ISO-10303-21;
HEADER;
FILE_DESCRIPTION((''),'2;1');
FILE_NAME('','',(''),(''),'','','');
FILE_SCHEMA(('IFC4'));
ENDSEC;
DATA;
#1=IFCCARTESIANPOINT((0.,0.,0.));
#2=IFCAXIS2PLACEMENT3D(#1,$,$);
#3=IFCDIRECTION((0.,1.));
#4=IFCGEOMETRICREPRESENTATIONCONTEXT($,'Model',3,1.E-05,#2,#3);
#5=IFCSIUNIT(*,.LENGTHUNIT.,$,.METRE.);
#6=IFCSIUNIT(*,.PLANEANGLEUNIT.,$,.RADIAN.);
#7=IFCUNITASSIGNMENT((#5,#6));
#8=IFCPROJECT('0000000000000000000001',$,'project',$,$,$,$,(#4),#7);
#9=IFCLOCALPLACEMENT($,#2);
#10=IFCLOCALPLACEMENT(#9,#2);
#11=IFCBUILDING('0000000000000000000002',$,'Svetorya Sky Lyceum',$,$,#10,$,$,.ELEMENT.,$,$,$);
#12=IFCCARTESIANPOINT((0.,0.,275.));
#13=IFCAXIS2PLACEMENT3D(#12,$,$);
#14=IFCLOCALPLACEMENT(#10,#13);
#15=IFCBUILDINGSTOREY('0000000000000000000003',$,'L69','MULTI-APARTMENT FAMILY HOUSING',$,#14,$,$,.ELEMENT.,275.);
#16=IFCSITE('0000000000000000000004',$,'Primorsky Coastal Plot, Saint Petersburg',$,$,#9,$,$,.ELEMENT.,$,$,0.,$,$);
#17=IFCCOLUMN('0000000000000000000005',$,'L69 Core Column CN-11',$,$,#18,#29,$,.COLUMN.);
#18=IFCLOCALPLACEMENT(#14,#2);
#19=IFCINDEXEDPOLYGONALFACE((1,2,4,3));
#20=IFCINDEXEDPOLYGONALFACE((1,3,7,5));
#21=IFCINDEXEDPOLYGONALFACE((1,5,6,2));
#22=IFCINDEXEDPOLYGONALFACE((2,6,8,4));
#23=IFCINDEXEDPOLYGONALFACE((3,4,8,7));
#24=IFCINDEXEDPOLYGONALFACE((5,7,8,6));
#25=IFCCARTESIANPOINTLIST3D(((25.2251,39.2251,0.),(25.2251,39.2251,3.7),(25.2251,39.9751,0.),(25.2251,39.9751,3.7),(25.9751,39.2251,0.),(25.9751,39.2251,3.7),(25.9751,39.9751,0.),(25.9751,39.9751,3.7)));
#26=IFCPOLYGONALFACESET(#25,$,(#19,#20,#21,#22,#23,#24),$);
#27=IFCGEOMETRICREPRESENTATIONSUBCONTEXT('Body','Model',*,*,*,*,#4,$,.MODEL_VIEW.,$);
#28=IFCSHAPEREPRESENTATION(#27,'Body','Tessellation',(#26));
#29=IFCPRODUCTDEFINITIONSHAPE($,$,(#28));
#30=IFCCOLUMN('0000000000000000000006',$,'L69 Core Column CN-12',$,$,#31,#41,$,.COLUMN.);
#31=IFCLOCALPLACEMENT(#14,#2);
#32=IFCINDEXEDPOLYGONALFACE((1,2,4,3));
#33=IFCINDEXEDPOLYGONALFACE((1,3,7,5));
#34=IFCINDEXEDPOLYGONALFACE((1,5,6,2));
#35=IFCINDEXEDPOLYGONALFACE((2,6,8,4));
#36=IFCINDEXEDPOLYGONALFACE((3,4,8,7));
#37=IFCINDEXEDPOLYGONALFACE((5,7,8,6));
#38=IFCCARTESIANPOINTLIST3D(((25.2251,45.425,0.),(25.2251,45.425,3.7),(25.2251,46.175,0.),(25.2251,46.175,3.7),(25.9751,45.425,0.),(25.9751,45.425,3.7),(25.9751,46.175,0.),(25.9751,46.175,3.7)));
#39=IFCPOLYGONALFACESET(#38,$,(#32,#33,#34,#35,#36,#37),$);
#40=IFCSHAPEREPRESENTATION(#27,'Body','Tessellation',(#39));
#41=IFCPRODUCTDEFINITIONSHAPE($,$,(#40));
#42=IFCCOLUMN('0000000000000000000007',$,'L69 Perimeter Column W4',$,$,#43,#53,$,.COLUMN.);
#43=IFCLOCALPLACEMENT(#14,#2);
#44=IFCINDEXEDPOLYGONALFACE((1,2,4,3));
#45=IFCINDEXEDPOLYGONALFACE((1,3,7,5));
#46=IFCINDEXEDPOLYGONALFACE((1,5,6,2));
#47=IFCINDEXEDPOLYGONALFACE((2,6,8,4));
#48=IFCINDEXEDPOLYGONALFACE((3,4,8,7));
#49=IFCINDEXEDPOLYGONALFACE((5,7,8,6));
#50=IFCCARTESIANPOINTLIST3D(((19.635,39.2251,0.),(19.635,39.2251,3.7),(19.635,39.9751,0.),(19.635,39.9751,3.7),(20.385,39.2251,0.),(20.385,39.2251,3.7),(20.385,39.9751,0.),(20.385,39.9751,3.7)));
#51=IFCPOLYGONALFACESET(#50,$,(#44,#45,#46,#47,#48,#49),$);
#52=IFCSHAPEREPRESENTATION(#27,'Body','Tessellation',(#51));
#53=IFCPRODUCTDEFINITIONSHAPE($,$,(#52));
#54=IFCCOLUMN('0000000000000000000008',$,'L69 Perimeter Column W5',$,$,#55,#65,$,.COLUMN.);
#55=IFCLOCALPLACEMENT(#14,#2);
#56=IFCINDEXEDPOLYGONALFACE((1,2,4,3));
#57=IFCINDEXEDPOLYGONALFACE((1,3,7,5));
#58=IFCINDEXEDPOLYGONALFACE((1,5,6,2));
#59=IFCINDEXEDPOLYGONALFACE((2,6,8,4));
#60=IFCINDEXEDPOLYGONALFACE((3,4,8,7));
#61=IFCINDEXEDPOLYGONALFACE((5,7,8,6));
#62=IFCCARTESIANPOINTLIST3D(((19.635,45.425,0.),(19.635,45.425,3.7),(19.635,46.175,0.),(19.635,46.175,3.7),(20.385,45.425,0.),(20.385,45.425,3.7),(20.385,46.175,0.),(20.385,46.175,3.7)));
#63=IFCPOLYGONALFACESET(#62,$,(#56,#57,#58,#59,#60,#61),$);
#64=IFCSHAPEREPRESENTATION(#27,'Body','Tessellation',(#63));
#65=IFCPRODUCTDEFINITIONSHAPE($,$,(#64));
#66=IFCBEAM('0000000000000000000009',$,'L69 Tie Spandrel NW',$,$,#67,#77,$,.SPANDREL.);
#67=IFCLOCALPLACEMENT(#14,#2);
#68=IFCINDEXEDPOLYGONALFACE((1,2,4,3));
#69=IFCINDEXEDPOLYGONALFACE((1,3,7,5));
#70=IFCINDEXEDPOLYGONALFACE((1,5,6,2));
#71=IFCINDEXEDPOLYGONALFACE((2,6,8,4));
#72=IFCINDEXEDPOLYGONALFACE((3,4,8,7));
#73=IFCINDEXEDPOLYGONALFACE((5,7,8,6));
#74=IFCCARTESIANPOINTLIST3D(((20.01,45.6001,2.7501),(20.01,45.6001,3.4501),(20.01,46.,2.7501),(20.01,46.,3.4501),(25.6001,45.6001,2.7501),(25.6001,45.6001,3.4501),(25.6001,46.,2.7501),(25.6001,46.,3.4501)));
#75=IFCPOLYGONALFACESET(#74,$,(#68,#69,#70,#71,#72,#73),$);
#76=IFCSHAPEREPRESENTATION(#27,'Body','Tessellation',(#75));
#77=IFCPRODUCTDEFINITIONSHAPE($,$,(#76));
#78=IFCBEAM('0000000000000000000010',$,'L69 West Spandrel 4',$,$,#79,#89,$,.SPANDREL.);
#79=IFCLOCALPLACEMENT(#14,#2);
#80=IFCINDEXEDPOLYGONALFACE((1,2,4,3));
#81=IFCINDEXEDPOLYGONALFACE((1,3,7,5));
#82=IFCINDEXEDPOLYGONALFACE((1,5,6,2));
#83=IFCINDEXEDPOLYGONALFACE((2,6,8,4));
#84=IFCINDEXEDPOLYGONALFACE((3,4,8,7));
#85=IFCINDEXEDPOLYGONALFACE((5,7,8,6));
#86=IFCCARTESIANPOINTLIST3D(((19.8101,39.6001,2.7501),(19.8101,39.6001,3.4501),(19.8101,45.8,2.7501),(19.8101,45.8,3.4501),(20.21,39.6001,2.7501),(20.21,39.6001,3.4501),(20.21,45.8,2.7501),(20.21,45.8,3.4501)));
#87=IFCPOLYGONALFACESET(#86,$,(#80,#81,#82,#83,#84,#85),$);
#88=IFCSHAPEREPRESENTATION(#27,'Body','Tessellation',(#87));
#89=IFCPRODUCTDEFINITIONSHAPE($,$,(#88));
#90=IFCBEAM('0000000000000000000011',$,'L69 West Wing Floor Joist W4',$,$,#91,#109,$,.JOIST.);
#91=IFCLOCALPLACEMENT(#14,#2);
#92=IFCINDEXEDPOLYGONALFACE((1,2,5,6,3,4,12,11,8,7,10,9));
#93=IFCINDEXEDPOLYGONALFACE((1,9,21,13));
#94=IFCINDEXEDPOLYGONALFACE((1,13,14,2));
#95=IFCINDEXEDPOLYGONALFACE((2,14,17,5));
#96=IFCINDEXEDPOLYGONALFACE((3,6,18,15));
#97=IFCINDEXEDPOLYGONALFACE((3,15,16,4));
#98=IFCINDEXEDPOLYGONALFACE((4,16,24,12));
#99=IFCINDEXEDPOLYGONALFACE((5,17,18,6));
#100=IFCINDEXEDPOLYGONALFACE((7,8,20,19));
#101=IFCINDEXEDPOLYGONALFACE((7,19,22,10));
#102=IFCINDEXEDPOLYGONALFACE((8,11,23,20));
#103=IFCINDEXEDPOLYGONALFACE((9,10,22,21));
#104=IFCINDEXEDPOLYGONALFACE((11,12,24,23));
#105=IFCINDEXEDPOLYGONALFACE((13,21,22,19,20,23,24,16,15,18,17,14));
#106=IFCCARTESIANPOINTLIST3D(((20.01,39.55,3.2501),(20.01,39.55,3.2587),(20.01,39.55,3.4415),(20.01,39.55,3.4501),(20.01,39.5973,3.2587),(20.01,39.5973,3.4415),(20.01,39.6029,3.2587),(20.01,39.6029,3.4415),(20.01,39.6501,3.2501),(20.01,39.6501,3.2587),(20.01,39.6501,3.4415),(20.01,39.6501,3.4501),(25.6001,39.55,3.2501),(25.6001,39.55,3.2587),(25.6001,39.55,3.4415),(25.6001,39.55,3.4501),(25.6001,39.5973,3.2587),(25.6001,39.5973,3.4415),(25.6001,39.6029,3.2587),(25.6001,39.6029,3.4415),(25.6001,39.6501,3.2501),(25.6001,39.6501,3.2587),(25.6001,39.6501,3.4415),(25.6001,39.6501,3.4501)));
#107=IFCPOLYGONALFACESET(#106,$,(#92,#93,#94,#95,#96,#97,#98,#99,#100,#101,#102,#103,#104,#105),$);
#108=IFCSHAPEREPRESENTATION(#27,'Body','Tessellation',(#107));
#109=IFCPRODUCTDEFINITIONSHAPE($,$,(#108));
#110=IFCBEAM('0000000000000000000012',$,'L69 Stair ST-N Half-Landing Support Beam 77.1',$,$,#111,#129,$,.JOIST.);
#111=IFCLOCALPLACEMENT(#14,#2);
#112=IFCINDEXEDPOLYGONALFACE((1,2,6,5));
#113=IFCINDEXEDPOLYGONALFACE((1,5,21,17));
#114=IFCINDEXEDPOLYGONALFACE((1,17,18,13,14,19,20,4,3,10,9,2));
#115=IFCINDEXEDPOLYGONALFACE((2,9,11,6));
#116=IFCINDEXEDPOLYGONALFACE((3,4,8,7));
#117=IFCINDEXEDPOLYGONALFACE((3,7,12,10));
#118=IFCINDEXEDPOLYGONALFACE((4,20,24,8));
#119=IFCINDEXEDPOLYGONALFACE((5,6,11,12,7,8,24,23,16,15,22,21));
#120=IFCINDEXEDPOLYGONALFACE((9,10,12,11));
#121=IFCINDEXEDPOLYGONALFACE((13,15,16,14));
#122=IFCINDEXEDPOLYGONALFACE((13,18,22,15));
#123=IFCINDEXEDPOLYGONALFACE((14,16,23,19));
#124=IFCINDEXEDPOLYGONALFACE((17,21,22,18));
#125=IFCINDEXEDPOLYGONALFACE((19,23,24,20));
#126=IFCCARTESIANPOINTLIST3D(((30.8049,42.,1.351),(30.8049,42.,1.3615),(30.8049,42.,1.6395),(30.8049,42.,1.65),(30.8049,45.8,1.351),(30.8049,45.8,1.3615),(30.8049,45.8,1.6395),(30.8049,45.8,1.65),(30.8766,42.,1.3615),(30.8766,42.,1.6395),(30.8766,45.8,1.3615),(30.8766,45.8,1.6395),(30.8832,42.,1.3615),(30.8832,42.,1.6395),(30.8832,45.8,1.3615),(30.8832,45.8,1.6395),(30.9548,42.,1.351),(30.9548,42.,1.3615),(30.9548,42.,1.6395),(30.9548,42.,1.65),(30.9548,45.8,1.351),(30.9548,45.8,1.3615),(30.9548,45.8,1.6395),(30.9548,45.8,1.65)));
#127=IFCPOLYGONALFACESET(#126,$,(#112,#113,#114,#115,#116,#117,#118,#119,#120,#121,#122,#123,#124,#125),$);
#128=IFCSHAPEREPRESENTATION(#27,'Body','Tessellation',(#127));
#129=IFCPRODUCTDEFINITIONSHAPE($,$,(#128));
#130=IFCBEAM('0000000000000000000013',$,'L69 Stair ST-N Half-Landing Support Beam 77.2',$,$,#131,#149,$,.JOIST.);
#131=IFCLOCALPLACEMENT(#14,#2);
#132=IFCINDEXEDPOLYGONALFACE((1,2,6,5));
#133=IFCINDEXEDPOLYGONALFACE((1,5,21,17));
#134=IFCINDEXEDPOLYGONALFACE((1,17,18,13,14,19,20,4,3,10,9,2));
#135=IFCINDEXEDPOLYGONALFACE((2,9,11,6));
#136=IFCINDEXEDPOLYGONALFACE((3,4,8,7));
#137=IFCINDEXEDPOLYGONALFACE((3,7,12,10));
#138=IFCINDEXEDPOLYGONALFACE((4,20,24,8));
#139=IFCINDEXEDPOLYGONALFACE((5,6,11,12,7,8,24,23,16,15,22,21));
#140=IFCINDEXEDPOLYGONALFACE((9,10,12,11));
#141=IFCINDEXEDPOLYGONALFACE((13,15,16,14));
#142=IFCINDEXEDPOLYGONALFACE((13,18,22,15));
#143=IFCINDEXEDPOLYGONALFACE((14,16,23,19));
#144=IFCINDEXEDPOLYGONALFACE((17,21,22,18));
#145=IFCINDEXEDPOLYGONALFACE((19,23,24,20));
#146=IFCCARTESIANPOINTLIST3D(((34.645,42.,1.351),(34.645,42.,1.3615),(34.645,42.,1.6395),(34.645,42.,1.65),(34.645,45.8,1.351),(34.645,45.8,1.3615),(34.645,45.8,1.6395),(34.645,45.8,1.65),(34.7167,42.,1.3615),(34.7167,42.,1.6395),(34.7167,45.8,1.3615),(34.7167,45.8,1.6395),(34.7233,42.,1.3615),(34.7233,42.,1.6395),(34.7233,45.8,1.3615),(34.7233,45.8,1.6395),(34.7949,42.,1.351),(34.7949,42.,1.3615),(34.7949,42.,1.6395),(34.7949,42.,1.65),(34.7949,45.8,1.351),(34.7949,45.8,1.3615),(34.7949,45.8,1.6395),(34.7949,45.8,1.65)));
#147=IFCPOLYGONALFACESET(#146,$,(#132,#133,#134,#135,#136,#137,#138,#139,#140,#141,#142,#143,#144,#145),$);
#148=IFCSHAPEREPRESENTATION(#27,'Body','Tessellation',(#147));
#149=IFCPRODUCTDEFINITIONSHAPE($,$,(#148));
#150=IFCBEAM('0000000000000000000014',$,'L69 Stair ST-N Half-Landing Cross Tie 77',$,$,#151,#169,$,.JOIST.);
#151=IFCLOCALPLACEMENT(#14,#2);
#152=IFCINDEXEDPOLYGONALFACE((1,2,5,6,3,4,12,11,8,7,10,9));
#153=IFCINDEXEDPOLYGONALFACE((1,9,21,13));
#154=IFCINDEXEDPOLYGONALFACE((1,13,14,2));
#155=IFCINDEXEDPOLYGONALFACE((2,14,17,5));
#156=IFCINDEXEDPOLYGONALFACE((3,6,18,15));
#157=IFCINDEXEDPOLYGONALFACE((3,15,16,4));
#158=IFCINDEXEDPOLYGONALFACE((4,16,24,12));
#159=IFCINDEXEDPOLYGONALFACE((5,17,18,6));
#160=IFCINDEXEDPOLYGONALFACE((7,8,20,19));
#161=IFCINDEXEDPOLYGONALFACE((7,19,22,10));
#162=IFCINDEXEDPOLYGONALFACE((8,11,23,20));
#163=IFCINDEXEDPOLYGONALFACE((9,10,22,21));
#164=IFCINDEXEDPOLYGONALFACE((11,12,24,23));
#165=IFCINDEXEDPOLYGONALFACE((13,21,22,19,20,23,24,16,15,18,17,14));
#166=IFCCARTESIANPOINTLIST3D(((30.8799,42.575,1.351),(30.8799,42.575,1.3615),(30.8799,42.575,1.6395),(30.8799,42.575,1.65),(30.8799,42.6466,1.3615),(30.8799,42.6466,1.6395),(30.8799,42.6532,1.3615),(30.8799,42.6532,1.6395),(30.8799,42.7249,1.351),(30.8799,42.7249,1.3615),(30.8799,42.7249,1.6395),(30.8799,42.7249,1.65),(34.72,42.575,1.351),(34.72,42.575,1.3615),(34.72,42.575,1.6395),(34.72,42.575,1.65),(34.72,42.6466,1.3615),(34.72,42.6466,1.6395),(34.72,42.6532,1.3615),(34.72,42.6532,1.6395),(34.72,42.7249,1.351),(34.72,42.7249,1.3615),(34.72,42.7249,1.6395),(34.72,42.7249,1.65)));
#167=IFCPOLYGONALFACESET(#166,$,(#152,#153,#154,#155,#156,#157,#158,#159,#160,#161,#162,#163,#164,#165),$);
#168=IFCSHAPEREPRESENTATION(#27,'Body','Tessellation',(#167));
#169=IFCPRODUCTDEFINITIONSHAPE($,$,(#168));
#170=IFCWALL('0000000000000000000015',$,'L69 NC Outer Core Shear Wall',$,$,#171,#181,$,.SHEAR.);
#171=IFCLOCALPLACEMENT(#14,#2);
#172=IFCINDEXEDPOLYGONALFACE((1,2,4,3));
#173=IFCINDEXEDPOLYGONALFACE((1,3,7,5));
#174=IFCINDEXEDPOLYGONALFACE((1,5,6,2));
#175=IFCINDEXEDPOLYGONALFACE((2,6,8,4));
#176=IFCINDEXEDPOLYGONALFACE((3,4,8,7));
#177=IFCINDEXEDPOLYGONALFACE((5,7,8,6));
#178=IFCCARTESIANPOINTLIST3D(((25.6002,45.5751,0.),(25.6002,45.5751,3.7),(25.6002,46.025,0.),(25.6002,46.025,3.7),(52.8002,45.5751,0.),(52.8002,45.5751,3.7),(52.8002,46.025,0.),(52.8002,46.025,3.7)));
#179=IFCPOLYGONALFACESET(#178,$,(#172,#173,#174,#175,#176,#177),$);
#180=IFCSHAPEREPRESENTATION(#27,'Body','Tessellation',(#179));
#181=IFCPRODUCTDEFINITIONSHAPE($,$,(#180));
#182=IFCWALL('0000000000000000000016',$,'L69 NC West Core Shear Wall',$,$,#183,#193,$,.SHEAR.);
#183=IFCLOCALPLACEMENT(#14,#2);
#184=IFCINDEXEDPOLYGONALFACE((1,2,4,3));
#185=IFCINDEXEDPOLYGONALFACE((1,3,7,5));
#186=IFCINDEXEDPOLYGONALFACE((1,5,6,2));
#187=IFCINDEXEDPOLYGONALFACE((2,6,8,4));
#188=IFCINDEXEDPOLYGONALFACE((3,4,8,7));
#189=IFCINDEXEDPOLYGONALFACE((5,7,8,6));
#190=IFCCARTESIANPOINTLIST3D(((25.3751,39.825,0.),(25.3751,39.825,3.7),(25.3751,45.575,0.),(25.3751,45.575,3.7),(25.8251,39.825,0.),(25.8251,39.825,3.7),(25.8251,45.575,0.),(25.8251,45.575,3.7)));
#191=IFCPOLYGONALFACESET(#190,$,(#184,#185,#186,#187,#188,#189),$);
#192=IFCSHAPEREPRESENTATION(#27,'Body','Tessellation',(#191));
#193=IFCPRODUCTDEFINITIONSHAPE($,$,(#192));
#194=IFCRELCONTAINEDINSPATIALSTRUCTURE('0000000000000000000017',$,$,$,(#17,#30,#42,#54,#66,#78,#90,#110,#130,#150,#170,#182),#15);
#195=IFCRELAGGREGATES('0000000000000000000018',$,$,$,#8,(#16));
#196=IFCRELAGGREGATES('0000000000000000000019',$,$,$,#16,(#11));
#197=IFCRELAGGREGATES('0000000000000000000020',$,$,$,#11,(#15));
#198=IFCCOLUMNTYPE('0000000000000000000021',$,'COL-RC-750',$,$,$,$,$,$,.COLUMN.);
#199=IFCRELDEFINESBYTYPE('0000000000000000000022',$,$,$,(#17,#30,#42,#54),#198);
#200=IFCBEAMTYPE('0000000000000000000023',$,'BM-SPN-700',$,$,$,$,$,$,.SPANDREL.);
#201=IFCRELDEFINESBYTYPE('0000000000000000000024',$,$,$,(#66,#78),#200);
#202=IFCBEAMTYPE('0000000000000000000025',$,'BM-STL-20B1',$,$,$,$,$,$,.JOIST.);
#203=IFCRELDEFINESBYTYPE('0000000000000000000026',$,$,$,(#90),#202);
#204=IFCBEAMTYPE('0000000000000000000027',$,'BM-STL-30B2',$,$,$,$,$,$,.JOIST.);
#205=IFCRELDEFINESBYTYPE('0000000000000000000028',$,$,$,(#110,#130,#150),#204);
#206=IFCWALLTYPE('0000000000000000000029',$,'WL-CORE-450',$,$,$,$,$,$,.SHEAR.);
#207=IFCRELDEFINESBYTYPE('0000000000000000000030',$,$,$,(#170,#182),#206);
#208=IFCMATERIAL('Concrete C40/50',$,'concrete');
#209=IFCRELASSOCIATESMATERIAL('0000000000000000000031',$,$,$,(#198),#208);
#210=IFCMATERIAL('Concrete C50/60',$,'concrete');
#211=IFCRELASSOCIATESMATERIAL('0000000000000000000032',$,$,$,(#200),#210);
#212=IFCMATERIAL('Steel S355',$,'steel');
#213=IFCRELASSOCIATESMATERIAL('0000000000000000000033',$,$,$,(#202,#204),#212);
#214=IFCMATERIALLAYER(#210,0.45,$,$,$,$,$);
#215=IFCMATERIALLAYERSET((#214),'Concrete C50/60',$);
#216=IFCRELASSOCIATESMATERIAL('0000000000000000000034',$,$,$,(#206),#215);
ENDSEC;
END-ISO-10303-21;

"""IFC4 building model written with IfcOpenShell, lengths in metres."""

from ifc_helpers import new_model, si_unit, direction, frame, frame_2d, origin, origin_2d, place, context, subcontext, project, spatial, rectangle, i_section, extrude, material, layer, layer_set, material_profile, profile_set, type_object, element, save


model = new_model("IFC4")

# Units and contexts
model_context = context("Model", 3, precision=1e-05, world=origin(), true_north=direction((0.0, 1.0)))
body_context = subcontext(model_context, "Body", "Model", "MODEL_VIEW")
ifc_project = project(units=[si_unit("LENGTHUNIT", "METRE"), si_unit("PLANEANGLEUNIT", "RADIAN")], contexts=[model_context])

# Site, building, storey
site_placement = place(None, origin())
site = spatial("IfcSite", under=ifc_project, at=site_placement, Name="Primorsky Coastal Plot, Saint Petersburg", CompositionType="ELEMENT", RefElevation=0.0)
building_placement = place(site_placement, origin())
building = spatial("IfcBuilding", under=site, at=building_placement, Name="Svetorya Sky Lyceum", CompositionType="ELEMENT")
storey_placement = place(building_placement, frame((0.0, 0.0, 275.0)))
storey = spatial("IfcBuildingStorey", under=building, at=storey_placement, Name="L69", Description="MULTI-APARTMENT FAMILY HOUSING", CompositionType="ELEMENT", Elevation=275.0)

# Columns
ifc_material_1 = material(Name="Concrete C40/50", Category="concrete")
ifc_material_profile_1 = material_profile(ifc_material_1, rectangle(XDim=0.75, YDim=0.75, at=origin_2d()), Name="RC COL 750x750")
ifc_profile_set_1 = profile_set([ifc_material_profile_1], Name="Concrete C40/50")
column_type = type_object("IfcColumnType", Name="COL-RC-750", PredefinedType="COLUMN", material=ifc_profile_set_1)
for number, where, z_axis, x_axis, name in (
    (1, (25.6001, 39.6001, 0.0), (0.0, 0.0, 1.0), (1.0, 0.0, 0.0), "L69 Core Column CN-11"),
    (2, (25.6001, 45.8, 0.0), (0.0, 0.0, 1.0), (1.0, 0.0, 0.0), "L69 Core Column CN-12"),
    (3, (20.01, 39.6001, 0.0), (0.0, 0.0, 1.0), (1.0, 0.0, 0.0), "L69 Perimeter Column W4"),
    (4, (20.01, 45.8, 0.0), (0.0, 0.0, 1.0), (1.0, 0.0, 0.0), "L69 Perimeter Column W5"),
):
    element("IfcColumn", number, at=place(storey_placement, frame(where, z_axis=z_axis, x_axis=x_axis)), inside=storey, type_object=column_type, Name=name, PredefinedType="COLUMN", context=body_context, shape_type="SweptSolid", body=[
        extrude(rectangle(XDim=0.75, YDim=0.75, at=origin_2d()), origin(), (0.0, 0.0, 1.0), 3.7),
    ])

# Beams
ifc_material_2 = material(Name="Concrete C50/60", Category="concrete")
ifc_material_profile_2 = material_profile(ifc_material_2, rectangle(XDim=0.3999, YDim=0.7, at=origin_2d()), Name="RC SPANDREL 400x700")
ifc_profile_set_2 = profile_set([ifc_material_profile_2], Name="Concrete C50/60")
beam_type_1 = type_object("IfcBeamType", Name="BM-SPN-700", PredefinedType="SPANDREL", material=ifc_profile_set_2)
beam_1_placement = place(storey_placement, frame((20.01, 45.8, 3.1001), z_axis=(1.0, 0.0, 0.0), x_axis=(0.0, 1.0, 0.0)))
element("IfcBeam", 5, at=beam_1_placement, inside=storey, type_object=beam_type_1, Name="L69 Tie Spandrel NW", PredefinedType="SPANDREL", context=body_context, shape_type="SweptSolid", body=[
    extrude(rectangle(XDim=0.3999, YDim=0.7, at=origin_2d()), origin(), (0.0, 0.0, 1.0), 5.5901),
])
beam_2_placement = place(storey_placement, frame((20.01, 39.6001, 3.1001), z_axis=(0.0, 1.0, 0.0), x_axis=(-1.0, 0.0, 0.0)))
element("IfcBeam", 6, at=beam_2_placement, inside=storey, type_object=beam_type_1, Name="L69 West Spandrel 4", PredefinedType="SPANDREL", context=body_context, shape_type="SweptSolid", body=[
    extrude(rectangle(XDim=0.3999, YDim=0.7, at=origin_2d()), origin(), (0.0, 0.0, 1.0), 6.2),
])
ifc_material_3 = material(Name="Steel S355", Category="steel")
ifc_material_profile_3 = material_profile(ifc_material_3, i_section(OverallWidth=0.1001, OverallDepth=0.2, WebThickness=0.0056, FlangeThickness=0.0085, at=origin_2d()), Name="GOST 20B1")
ifc_profile_set_3 = profile_set([ifc_material_profile_3], Name="Steel S355")
beam_type_2 = type_object("IfcBeamType", Name="BM-STL-20B1", PredefinedType="JOIST", material=ifc_profile_set_3)
beam_3_placement = place(storey_placement, frame((20.01, 39.6001, 3.3501), z_axis=(1.0, 0.0, 0.0), x_axis=(0.0, 1.0, 0.0)))
element("IfcBeam", 7, at=beam_3_placement, inside=storey, type_object=beam_type_2, Name="L69 West Wing Floor Joist W4", PredefinedType="JOIST", context=body_context, shape_type="SweptSolid", body=[
    extrude(i_section(OverallWidth=0.1001, OverallDepth=0.2, WebThickness=0.0056, FlangeThickness=0.0085, at=origin_2d()), origin(), (0.0, 0.0, 1.0), 5.5901),
])
ifc_material_profile_4 = material_profile(ifc_material_3, i_section(OverallWidth=0.1499, OverallDepth=0.2991, WebThickness=0.0066, FlangeThickness=0.0105, at=origin_2d()), Name="GOST 30B2")
ifc_profile_set_4 = profile_set([ifc_material_profile_4], Name="Steel S355")
beam_type_3 = type_object("IfcBeamType", Name="BM-STL-30B2", PredefinedType="JOIST", material=ifc_profile_set_4)
for number, where, z_axis, x_axis, name in (
    (8, (30.8799, 42.0, 1.5005), (0.0, 1.0, 0.0), (-1.0, 0.0, 0.0), "L69 Stair ST-N Half-Landing Support Beam 77.1"),
    (9, (34.72, 42.0, 1.5005), (0.0, 1.0, 0.0), (-1.0, 0.0, 0.0), "L69 Stair ST-N Half-Landing Support Beam 77.2"),
):
    element("IfcBeam", number, at=place(storey_placement, frame(where, z_axis=z_axis, x_axis=x_axis)), inside=storey, type_object=beam_type_3, Name=name, PredefinedType="JOIST", context=body_context, shape_type="SweptSolid", body=[
        extrude(i_section(OverallWidth=0.1499, OverallDepth=0.2991, WebThickness=0.0066, FlangeThickness=0.0105, at=origin_2d()), origin(), (0.0, 0.0, 1.0), 3.8),
    ])
beam_4_placement = place(storey_placement, frame((30.8799, 42.6499, 1.5005), z_axis=(1.0, 0.0, 0.0), x_axis=(0.0, 1.0, 0.0)))
element("IfcBeam", 10, at=beam_4_placement, inside=storey, type_object=beam_type_3, Name="L69 Stair ST-N Half-Landing Cross Tie 77", PredefinedType="JOIST", context=body_context, shape_type="SweptSolid", body=[
    extrude(i_section(OverallWidth=0.1499, OverallDepth=0.2991, WebThickness=0.0066, FlangeThickness=0.0105, at=origin_2d()), origin(), (0.0, 0.0, 1.0), 3.8401),
])

# Walls
ifc_layer_1 = layer(ifc_material_2, 0.45)
ifc_layer_set_1 = layer_set([ifc_layer_1], Name="Concrete C50/60")
wall_type_1 = type_object("IfcWallType", Name="WL-CORE-450", PredefinedType="SHEAR", material=ifc_layer_set_1)
wall_1_placement = place(storey_placement, frame((25.6001, 45.8, 0.0), z_axis=(0.0, 0.0, 1.0), x_axis=(1.0, 0.0, 0.0)))
element("IfcWall", 11, at=wall_1_placement, inside=storey, type_object=wall_type_1, Name="L69 NC Outer Core Shear Wall", PredefinedType="SHEAR", context=body_context, shape_type="SweptSolid", body=[
    extrude(rectangle(XDim=27.2, YDim=0.45, at=frame_2d((13.6001, 0.0))), origin(), (0.0, 0.0, 1.0), 3.7),
])
wall_2_placement = place(storey_placement, frame((25.6001, 39.825, 0.0), z_axis=(0.0, 0.0, 1.0), x_axis=(0.0, 1.0, 0.0)))
element("IfcWall", 12, at=wall_2_placement, inside=storey, type_object=wall_type_1, Name="L69 NC West Core Shear Wall", PredefinedType="SHEAR", context=body_context, shape_type="SweptSolid", body=[
    extrude(rectangle(XDim=5.75, YDim=0.45, at=frame_2d((2.875, 0.0))), origin(), (0.0, 0.0, 1.0), 3.7),
])

save(model, "model.ifc")
